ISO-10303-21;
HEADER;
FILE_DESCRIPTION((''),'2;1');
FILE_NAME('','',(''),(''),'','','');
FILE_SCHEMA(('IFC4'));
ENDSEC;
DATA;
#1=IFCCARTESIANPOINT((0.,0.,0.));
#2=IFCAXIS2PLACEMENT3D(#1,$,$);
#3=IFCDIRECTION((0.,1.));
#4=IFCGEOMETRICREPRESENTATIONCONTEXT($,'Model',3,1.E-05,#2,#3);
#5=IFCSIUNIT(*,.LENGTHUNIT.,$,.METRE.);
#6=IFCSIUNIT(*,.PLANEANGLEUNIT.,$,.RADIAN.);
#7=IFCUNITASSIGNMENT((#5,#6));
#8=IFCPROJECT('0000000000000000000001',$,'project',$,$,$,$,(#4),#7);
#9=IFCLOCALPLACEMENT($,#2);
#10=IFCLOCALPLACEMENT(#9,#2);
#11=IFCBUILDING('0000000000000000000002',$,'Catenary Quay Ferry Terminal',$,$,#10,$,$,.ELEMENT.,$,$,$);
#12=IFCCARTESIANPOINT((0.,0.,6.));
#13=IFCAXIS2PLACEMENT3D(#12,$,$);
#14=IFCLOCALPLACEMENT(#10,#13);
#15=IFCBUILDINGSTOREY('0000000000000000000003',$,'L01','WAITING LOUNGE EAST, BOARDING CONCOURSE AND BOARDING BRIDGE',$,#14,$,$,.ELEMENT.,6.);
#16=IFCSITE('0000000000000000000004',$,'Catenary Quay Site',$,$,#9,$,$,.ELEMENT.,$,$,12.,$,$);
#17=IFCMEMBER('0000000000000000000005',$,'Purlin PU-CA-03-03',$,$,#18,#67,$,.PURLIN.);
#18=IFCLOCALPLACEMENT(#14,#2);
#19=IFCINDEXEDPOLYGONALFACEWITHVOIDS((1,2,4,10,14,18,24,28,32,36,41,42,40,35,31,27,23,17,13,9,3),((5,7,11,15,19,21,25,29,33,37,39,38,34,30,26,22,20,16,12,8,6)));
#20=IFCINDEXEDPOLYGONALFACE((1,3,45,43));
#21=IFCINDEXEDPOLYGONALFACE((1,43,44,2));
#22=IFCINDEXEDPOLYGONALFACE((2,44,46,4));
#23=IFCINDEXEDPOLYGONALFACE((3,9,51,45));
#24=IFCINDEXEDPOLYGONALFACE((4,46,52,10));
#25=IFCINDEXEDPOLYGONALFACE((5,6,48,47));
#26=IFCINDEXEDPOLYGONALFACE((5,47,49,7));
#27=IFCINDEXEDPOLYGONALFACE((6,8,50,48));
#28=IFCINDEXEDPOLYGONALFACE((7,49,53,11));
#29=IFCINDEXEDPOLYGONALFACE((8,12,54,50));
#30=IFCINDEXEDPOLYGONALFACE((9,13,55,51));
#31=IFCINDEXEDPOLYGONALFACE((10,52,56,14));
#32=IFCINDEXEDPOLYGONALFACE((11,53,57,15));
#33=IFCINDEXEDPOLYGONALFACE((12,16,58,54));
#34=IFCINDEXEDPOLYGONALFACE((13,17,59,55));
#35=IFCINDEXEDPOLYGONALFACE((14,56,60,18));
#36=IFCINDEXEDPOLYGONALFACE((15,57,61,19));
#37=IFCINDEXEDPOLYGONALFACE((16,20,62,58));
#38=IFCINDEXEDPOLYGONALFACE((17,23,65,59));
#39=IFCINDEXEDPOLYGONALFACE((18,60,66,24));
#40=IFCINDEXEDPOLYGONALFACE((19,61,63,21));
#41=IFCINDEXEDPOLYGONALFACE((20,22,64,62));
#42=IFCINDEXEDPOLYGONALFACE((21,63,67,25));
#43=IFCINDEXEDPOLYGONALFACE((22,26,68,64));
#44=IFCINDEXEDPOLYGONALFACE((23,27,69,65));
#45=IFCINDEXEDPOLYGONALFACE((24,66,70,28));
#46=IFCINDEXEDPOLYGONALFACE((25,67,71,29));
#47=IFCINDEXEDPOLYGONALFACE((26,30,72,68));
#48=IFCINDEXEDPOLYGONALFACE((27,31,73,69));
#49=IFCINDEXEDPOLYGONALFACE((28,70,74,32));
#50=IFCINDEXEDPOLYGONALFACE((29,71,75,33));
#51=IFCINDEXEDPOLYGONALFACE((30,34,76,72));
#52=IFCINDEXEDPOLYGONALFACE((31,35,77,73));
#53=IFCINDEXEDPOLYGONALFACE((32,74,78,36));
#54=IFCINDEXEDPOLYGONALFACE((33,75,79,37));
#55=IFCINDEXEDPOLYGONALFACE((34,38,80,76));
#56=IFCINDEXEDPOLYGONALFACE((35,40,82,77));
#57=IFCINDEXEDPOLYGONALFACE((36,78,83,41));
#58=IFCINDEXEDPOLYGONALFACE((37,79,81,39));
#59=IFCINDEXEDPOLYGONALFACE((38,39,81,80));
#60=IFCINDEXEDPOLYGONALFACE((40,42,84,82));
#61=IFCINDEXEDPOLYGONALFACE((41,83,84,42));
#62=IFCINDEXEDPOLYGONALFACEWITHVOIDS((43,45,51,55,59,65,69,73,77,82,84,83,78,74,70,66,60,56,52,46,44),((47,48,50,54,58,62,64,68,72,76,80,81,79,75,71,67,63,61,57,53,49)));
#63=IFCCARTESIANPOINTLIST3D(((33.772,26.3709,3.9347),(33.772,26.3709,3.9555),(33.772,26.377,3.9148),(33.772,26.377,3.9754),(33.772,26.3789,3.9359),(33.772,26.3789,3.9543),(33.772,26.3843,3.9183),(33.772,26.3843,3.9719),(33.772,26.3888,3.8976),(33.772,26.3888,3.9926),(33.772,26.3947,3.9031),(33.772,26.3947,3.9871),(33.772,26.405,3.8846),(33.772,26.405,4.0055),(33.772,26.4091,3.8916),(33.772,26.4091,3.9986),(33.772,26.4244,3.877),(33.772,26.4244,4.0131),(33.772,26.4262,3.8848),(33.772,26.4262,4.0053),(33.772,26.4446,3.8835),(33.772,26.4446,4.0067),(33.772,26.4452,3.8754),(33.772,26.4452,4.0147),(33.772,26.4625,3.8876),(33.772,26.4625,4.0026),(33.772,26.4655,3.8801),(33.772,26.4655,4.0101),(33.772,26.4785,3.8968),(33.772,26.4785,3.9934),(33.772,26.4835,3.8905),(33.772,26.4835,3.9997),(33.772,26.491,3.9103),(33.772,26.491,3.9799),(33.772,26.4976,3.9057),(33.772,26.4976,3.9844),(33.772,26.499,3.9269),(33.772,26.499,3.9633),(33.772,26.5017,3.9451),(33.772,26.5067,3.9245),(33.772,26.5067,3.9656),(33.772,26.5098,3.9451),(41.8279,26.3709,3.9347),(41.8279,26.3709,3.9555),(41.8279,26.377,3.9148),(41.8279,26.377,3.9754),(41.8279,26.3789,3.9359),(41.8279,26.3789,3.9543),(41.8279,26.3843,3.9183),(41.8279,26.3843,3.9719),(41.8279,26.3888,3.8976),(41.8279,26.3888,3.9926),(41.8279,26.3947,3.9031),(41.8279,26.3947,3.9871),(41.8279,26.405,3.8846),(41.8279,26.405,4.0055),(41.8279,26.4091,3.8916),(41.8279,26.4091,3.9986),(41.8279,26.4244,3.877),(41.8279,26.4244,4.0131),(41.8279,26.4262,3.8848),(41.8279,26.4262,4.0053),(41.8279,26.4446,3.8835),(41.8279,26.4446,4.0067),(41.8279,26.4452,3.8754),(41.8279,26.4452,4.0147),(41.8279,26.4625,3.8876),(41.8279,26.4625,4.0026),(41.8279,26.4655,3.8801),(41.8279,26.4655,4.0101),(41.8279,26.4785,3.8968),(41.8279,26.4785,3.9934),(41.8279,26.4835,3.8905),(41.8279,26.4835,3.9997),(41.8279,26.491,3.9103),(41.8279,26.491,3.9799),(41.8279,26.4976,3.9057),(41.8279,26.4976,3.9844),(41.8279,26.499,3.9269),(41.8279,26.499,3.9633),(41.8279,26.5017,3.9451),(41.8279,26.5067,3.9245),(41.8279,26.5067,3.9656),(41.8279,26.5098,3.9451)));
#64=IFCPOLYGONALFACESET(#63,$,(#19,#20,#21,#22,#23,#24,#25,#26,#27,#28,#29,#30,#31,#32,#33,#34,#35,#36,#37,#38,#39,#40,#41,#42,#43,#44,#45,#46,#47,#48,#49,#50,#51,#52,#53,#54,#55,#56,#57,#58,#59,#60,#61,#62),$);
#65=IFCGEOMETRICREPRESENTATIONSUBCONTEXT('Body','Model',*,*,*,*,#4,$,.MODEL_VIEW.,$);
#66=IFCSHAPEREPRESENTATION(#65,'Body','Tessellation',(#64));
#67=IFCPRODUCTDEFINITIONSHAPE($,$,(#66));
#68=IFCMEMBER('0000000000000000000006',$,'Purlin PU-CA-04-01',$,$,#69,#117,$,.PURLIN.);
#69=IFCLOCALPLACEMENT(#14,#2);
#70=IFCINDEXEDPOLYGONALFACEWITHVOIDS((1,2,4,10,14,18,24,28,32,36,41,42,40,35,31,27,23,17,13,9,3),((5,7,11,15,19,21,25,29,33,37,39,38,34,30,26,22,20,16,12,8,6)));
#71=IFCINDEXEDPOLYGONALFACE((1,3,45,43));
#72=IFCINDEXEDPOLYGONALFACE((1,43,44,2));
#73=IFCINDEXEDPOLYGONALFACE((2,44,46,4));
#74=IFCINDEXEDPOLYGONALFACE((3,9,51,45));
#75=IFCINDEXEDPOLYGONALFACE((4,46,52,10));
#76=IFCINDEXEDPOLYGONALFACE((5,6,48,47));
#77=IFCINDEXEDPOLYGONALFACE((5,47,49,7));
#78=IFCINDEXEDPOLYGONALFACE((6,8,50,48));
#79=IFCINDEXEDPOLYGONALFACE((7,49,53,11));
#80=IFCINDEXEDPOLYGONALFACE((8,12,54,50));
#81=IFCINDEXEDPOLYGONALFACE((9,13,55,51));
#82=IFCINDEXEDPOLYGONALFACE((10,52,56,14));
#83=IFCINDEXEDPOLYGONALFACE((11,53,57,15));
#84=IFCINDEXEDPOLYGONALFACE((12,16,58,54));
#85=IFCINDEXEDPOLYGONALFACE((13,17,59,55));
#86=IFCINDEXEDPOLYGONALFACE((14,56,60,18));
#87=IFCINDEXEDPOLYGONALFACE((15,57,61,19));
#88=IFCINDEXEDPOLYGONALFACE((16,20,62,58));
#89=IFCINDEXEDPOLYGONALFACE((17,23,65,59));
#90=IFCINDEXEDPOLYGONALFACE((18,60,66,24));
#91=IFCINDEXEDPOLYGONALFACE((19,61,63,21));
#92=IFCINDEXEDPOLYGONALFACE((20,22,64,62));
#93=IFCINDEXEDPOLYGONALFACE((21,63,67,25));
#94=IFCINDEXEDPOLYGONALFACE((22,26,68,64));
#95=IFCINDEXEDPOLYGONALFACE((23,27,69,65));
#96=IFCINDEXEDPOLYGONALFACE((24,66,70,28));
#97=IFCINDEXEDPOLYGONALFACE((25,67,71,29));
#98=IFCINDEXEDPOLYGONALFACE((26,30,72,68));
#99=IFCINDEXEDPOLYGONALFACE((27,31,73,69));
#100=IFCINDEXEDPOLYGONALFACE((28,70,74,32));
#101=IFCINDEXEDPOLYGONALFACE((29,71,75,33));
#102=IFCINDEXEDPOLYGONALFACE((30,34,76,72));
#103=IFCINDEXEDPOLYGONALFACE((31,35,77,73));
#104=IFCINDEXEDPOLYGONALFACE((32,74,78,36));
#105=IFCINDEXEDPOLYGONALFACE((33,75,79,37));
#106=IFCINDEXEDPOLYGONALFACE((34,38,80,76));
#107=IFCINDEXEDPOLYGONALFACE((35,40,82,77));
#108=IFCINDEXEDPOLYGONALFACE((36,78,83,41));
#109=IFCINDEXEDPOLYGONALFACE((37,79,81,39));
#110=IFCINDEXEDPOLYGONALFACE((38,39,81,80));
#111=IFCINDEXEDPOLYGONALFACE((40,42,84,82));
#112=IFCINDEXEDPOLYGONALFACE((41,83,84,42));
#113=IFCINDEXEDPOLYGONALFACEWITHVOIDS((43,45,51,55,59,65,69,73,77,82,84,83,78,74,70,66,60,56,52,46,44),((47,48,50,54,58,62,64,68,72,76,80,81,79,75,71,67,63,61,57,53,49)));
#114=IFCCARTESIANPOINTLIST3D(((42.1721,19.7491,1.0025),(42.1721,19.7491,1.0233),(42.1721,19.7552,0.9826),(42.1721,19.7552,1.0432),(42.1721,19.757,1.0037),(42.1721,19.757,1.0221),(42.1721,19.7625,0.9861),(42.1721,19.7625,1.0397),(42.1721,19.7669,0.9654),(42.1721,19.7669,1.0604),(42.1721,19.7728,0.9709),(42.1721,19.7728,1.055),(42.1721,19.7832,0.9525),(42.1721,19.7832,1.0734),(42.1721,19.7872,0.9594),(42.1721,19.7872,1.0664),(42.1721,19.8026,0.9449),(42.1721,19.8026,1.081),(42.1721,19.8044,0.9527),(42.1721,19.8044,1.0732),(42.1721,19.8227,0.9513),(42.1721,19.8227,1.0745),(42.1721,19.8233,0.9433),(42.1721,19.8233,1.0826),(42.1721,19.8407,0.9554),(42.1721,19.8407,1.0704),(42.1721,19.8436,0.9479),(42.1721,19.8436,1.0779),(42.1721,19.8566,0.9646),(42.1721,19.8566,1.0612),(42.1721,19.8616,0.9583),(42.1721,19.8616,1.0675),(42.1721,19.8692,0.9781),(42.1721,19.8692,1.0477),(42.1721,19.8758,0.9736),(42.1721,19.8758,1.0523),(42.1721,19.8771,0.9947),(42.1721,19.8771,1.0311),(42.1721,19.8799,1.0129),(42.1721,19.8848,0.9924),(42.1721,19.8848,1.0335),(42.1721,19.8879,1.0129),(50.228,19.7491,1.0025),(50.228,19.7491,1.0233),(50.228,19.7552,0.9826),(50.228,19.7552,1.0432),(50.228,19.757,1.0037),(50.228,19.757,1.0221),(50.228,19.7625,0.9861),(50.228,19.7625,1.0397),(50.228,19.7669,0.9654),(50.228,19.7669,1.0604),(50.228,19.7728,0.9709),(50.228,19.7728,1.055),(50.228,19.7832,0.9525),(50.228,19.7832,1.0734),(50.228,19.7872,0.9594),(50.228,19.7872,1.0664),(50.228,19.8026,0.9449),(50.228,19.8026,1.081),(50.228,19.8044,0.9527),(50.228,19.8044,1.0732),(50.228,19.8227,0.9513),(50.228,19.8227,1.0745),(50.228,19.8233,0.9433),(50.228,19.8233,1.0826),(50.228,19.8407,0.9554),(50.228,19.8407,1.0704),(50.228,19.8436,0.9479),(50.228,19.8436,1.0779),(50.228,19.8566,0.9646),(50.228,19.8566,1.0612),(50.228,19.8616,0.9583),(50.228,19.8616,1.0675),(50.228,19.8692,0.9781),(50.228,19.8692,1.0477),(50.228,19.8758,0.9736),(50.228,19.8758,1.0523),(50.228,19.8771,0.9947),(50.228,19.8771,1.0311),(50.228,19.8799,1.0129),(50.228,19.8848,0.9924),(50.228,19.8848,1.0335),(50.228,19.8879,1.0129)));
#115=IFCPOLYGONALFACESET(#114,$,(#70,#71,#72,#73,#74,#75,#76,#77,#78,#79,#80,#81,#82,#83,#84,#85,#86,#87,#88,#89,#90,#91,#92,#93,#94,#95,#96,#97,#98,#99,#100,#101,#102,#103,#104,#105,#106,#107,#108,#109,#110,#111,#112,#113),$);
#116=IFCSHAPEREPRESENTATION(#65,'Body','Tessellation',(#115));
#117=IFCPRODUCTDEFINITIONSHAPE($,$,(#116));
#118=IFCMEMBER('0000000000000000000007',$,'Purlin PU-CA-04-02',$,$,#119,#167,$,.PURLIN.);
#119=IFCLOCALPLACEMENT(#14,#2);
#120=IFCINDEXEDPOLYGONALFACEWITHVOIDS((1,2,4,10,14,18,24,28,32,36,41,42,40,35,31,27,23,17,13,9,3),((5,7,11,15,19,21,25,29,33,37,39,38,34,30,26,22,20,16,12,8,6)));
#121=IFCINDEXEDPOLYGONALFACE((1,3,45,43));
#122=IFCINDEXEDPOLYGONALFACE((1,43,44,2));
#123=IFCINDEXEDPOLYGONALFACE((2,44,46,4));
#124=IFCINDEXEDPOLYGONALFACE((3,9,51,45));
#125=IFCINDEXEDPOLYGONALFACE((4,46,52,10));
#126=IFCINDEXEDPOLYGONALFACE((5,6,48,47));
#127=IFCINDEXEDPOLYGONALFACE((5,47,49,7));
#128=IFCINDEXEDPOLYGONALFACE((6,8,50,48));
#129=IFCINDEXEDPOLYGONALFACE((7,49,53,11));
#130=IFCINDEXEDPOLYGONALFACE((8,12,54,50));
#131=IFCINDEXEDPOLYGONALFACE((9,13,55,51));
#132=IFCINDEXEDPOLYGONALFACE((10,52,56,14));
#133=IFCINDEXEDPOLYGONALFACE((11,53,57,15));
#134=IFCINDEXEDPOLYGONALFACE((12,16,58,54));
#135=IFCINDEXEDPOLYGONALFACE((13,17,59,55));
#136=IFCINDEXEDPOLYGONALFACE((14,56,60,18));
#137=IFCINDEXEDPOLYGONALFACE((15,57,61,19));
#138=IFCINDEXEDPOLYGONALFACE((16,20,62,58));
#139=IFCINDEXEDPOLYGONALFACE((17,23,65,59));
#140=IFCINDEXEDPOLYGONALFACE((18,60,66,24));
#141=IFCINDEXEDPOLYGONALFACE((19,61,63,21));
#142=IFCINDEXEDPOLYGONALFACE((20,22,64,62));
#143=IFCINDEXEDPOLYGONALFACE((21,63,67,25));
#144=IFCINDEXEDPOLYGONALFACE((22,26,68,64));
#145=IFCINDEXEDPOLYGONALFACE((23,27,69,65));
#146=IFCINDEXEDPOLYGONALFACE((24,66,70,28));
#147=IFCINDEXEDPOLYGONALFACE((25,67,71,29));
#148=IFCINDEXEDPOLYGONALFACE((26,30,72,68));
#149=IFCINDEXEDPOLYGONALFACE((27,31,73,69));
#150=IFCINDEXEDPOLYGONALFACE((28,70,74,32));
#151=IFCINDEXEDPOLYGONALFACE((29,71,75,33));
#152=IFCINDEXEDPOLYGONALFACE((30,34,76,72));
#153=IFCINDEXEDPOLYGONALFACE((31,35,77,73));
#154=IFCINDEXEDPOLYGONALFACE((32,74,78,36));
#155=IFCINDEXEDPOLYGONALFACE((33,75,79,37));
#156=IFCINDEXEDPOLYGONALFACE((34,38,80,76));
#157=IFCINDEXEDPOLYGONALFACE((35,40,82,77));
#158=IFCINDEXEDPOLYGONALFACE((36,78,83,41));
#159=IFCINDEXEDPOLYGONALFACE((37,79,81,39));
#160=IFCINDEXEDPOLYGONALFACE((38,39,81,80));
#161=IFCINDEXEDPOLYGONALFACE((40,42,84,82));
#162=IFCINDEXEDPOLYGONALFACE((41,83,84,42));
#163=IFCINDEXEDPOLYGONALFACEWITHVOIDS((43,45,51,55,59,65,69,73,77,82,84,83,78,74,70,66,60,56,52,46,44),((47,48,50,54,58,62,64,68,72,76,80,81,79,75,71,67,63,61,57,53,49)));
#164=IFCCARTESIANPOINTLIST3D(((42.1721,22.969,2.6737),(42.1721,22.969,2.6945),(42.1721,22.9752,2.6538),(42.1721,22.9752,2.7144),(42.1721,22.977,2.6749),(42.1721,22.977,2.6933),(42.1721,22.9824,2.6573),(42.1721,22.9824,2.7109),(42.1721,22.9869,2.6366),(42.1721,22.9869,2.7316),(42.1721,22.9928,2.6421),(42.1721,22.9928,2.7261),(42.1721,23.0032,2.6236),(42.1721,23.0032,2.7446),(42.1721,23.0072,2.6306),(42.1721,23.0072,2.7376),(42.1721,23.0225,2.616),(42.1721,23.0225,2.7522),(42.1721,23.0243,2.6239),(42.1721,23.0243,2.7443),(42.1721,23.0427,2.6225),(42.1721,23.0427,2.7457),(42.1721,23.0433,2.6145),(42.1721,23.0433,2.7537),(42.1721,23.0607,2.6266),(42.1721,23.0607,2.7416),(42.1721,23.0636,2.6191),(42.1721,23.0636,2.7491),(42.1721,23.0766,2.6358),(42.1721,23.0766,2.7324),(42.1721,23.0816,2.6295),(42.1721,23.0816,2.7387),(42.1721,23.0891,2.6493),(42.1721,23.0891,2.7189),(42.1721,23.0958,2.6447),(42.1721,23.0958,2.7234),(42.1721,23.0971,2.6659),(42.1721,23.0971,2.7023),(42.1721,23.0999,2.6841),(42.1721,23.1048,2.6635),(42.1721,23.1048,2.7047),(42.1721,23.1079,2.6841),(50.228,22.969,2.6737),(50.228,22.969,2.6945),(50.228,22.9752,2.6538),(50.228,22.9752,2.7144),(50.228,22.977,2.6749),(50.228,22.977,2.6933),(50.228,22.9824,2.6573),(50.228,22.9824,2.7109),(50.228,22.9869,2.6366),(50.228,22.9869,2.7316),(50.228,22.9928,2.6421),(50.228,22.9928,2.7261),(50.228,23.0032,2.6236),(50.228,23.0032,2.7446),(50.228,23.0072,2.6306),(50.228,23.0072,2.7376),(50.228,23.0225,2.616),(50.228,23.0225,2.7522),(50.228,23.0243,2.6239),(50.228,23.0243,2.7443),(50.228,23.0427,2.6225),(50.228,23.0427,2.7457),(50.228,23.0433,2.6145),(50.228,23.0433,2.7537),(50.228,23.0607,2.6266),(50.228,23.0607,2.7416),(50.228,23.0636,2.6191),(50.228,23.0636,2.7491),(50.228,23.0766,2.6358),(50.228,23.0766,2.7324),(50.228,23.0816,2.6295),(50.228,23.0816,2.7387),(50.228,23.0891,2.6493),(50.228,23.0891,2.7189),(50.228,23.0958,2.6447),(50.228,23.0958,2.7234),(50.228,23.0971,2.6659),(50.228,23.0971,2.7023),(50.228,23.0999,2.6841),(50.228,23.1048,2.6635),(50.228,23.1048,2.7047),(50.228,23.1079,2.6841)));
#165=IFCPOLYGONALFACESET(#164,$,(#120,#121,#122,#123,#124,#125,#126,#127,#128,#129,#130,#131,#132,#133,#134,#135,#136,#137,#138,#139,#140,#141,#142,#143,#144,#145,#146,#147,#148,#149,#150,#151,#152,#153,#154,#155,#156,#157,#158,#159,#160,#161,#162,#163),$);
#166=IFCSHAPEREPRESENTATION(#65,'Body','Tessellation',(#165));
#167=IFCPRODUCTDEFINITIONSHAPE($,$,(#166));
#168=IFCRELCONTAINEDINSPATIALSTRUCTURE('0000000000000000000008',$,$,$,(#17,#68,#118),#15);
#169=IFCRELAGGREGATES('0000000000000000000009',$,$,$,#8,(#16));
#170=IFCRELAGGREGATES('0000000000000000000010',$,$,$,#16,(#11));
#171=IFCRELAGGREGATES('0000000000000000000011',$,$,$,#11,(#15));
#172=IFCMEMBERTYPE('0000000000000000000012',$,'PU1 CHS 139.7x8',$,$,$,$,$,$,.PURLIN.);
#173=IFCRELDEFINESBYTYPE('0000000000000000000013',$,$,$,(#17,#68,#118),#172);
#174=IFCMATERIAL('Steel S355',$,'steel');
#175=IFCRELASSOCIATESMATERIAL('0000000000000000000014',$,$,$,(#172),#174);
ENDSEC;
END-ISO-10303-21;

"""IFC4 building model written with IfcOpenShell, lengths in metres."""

from ifc_helpers import new_model, si_unit, direction, frame, origin, origin_2d, place, context, subcontext, project, spatial, hollow_circle, extrude, material, material_profile, profile_set, type_object, element, save


model = new_model("IFC4")

# Units and contexts
model_context = context("Model", 3, precision=1e-05, world=origin(), true_north=direction((0.0, 1.0)))
body_context = subcontext(model_context, "Body", "Model", "MODEL_VIEW")
ifc_project = project(units=[si_unit("LENGTHUNIT", "METRE"), si_unit("PLANEANGLEUNIT", "RADIAN")], contexts=[model_context])

# Site, building, storey
site_placement = place(None, origin())
site = spatial("IfcSite", under=ifc_project, at=site_placement, Name="Catenary Quay Site", CompositionType="ELEMENT", RefElevation=12.0)
building_placement = place(site_placement, origin())
building = spatial("IfcBuilding", under=site, at=building_placement, Name="Catenary Quay Ferry Terminal", CompositionType="ELEMENT")
storey_placement = place(building_placement, frame((0.0, 0.0, 6.0)))
storey = spatial("IfcBuildingStorey", under=building, at=storey_placement, Name="L01", Description="WAITING LOUNGE EAST, BOARDING CONCOURSE AND BOARDING BRIDGE", CompositionType="ELEMENT", Elevation=6.0)

# Members
ifc_material_1 = material(Name="Steel S355", Category="steel")
ifc_material_profile_1 = material_profile(ifc_material_1, hollow_circle(Radius=0.0698, WallThickness=0.0081, at=origin_2d()), Name="CHS 139.7x8")
ifc_profile_set_1 = profile_set([ifc_material_profile_1], Name="Steel S355")
member_type_1 = type_object("IfcMemberType", Name="PU1 CHS 139.7x8", PredefinedType="PURLIN", material=ifc_profile_set_1)
for number, where, z_axis, x_axis, name in (
    (1, (33.772, 26.4399, 3.9451), (1.0, 0.0, 0.0), (0.0, 1.0, 0.0), "Purlin PU-CA-03-03"),
    (2, (42.1721, 19.8181, 1.0129), (1.0, 0.0, 0.0), (0.0, 1.0, 0.0), "Purlin PU-CA-04-01"),
    (3, (42.1721, 23.0381, 2.6841), (1.0, 0.0, 0.0), (0.0, 1.0, 0.0), "Purlin PU-CA-04-02"),
):
    element("IfcMember", number, at=place(storey_placement, frame(where, z_axis=z_axis, x_axis=x_axis)), inside=storey, type_object=member_type_1, Name=name, PredefinedType="PURLIN", context=body_context, shape_type="SweptSolid", body=[
        extrude(hollow_circle(Radius=0.0698, WallThickness=0.0081, at=origin_2d()), origin(), (0.0, 0.0, 1.0), 8.0559),
    ])

save(model, "model.ifc")
